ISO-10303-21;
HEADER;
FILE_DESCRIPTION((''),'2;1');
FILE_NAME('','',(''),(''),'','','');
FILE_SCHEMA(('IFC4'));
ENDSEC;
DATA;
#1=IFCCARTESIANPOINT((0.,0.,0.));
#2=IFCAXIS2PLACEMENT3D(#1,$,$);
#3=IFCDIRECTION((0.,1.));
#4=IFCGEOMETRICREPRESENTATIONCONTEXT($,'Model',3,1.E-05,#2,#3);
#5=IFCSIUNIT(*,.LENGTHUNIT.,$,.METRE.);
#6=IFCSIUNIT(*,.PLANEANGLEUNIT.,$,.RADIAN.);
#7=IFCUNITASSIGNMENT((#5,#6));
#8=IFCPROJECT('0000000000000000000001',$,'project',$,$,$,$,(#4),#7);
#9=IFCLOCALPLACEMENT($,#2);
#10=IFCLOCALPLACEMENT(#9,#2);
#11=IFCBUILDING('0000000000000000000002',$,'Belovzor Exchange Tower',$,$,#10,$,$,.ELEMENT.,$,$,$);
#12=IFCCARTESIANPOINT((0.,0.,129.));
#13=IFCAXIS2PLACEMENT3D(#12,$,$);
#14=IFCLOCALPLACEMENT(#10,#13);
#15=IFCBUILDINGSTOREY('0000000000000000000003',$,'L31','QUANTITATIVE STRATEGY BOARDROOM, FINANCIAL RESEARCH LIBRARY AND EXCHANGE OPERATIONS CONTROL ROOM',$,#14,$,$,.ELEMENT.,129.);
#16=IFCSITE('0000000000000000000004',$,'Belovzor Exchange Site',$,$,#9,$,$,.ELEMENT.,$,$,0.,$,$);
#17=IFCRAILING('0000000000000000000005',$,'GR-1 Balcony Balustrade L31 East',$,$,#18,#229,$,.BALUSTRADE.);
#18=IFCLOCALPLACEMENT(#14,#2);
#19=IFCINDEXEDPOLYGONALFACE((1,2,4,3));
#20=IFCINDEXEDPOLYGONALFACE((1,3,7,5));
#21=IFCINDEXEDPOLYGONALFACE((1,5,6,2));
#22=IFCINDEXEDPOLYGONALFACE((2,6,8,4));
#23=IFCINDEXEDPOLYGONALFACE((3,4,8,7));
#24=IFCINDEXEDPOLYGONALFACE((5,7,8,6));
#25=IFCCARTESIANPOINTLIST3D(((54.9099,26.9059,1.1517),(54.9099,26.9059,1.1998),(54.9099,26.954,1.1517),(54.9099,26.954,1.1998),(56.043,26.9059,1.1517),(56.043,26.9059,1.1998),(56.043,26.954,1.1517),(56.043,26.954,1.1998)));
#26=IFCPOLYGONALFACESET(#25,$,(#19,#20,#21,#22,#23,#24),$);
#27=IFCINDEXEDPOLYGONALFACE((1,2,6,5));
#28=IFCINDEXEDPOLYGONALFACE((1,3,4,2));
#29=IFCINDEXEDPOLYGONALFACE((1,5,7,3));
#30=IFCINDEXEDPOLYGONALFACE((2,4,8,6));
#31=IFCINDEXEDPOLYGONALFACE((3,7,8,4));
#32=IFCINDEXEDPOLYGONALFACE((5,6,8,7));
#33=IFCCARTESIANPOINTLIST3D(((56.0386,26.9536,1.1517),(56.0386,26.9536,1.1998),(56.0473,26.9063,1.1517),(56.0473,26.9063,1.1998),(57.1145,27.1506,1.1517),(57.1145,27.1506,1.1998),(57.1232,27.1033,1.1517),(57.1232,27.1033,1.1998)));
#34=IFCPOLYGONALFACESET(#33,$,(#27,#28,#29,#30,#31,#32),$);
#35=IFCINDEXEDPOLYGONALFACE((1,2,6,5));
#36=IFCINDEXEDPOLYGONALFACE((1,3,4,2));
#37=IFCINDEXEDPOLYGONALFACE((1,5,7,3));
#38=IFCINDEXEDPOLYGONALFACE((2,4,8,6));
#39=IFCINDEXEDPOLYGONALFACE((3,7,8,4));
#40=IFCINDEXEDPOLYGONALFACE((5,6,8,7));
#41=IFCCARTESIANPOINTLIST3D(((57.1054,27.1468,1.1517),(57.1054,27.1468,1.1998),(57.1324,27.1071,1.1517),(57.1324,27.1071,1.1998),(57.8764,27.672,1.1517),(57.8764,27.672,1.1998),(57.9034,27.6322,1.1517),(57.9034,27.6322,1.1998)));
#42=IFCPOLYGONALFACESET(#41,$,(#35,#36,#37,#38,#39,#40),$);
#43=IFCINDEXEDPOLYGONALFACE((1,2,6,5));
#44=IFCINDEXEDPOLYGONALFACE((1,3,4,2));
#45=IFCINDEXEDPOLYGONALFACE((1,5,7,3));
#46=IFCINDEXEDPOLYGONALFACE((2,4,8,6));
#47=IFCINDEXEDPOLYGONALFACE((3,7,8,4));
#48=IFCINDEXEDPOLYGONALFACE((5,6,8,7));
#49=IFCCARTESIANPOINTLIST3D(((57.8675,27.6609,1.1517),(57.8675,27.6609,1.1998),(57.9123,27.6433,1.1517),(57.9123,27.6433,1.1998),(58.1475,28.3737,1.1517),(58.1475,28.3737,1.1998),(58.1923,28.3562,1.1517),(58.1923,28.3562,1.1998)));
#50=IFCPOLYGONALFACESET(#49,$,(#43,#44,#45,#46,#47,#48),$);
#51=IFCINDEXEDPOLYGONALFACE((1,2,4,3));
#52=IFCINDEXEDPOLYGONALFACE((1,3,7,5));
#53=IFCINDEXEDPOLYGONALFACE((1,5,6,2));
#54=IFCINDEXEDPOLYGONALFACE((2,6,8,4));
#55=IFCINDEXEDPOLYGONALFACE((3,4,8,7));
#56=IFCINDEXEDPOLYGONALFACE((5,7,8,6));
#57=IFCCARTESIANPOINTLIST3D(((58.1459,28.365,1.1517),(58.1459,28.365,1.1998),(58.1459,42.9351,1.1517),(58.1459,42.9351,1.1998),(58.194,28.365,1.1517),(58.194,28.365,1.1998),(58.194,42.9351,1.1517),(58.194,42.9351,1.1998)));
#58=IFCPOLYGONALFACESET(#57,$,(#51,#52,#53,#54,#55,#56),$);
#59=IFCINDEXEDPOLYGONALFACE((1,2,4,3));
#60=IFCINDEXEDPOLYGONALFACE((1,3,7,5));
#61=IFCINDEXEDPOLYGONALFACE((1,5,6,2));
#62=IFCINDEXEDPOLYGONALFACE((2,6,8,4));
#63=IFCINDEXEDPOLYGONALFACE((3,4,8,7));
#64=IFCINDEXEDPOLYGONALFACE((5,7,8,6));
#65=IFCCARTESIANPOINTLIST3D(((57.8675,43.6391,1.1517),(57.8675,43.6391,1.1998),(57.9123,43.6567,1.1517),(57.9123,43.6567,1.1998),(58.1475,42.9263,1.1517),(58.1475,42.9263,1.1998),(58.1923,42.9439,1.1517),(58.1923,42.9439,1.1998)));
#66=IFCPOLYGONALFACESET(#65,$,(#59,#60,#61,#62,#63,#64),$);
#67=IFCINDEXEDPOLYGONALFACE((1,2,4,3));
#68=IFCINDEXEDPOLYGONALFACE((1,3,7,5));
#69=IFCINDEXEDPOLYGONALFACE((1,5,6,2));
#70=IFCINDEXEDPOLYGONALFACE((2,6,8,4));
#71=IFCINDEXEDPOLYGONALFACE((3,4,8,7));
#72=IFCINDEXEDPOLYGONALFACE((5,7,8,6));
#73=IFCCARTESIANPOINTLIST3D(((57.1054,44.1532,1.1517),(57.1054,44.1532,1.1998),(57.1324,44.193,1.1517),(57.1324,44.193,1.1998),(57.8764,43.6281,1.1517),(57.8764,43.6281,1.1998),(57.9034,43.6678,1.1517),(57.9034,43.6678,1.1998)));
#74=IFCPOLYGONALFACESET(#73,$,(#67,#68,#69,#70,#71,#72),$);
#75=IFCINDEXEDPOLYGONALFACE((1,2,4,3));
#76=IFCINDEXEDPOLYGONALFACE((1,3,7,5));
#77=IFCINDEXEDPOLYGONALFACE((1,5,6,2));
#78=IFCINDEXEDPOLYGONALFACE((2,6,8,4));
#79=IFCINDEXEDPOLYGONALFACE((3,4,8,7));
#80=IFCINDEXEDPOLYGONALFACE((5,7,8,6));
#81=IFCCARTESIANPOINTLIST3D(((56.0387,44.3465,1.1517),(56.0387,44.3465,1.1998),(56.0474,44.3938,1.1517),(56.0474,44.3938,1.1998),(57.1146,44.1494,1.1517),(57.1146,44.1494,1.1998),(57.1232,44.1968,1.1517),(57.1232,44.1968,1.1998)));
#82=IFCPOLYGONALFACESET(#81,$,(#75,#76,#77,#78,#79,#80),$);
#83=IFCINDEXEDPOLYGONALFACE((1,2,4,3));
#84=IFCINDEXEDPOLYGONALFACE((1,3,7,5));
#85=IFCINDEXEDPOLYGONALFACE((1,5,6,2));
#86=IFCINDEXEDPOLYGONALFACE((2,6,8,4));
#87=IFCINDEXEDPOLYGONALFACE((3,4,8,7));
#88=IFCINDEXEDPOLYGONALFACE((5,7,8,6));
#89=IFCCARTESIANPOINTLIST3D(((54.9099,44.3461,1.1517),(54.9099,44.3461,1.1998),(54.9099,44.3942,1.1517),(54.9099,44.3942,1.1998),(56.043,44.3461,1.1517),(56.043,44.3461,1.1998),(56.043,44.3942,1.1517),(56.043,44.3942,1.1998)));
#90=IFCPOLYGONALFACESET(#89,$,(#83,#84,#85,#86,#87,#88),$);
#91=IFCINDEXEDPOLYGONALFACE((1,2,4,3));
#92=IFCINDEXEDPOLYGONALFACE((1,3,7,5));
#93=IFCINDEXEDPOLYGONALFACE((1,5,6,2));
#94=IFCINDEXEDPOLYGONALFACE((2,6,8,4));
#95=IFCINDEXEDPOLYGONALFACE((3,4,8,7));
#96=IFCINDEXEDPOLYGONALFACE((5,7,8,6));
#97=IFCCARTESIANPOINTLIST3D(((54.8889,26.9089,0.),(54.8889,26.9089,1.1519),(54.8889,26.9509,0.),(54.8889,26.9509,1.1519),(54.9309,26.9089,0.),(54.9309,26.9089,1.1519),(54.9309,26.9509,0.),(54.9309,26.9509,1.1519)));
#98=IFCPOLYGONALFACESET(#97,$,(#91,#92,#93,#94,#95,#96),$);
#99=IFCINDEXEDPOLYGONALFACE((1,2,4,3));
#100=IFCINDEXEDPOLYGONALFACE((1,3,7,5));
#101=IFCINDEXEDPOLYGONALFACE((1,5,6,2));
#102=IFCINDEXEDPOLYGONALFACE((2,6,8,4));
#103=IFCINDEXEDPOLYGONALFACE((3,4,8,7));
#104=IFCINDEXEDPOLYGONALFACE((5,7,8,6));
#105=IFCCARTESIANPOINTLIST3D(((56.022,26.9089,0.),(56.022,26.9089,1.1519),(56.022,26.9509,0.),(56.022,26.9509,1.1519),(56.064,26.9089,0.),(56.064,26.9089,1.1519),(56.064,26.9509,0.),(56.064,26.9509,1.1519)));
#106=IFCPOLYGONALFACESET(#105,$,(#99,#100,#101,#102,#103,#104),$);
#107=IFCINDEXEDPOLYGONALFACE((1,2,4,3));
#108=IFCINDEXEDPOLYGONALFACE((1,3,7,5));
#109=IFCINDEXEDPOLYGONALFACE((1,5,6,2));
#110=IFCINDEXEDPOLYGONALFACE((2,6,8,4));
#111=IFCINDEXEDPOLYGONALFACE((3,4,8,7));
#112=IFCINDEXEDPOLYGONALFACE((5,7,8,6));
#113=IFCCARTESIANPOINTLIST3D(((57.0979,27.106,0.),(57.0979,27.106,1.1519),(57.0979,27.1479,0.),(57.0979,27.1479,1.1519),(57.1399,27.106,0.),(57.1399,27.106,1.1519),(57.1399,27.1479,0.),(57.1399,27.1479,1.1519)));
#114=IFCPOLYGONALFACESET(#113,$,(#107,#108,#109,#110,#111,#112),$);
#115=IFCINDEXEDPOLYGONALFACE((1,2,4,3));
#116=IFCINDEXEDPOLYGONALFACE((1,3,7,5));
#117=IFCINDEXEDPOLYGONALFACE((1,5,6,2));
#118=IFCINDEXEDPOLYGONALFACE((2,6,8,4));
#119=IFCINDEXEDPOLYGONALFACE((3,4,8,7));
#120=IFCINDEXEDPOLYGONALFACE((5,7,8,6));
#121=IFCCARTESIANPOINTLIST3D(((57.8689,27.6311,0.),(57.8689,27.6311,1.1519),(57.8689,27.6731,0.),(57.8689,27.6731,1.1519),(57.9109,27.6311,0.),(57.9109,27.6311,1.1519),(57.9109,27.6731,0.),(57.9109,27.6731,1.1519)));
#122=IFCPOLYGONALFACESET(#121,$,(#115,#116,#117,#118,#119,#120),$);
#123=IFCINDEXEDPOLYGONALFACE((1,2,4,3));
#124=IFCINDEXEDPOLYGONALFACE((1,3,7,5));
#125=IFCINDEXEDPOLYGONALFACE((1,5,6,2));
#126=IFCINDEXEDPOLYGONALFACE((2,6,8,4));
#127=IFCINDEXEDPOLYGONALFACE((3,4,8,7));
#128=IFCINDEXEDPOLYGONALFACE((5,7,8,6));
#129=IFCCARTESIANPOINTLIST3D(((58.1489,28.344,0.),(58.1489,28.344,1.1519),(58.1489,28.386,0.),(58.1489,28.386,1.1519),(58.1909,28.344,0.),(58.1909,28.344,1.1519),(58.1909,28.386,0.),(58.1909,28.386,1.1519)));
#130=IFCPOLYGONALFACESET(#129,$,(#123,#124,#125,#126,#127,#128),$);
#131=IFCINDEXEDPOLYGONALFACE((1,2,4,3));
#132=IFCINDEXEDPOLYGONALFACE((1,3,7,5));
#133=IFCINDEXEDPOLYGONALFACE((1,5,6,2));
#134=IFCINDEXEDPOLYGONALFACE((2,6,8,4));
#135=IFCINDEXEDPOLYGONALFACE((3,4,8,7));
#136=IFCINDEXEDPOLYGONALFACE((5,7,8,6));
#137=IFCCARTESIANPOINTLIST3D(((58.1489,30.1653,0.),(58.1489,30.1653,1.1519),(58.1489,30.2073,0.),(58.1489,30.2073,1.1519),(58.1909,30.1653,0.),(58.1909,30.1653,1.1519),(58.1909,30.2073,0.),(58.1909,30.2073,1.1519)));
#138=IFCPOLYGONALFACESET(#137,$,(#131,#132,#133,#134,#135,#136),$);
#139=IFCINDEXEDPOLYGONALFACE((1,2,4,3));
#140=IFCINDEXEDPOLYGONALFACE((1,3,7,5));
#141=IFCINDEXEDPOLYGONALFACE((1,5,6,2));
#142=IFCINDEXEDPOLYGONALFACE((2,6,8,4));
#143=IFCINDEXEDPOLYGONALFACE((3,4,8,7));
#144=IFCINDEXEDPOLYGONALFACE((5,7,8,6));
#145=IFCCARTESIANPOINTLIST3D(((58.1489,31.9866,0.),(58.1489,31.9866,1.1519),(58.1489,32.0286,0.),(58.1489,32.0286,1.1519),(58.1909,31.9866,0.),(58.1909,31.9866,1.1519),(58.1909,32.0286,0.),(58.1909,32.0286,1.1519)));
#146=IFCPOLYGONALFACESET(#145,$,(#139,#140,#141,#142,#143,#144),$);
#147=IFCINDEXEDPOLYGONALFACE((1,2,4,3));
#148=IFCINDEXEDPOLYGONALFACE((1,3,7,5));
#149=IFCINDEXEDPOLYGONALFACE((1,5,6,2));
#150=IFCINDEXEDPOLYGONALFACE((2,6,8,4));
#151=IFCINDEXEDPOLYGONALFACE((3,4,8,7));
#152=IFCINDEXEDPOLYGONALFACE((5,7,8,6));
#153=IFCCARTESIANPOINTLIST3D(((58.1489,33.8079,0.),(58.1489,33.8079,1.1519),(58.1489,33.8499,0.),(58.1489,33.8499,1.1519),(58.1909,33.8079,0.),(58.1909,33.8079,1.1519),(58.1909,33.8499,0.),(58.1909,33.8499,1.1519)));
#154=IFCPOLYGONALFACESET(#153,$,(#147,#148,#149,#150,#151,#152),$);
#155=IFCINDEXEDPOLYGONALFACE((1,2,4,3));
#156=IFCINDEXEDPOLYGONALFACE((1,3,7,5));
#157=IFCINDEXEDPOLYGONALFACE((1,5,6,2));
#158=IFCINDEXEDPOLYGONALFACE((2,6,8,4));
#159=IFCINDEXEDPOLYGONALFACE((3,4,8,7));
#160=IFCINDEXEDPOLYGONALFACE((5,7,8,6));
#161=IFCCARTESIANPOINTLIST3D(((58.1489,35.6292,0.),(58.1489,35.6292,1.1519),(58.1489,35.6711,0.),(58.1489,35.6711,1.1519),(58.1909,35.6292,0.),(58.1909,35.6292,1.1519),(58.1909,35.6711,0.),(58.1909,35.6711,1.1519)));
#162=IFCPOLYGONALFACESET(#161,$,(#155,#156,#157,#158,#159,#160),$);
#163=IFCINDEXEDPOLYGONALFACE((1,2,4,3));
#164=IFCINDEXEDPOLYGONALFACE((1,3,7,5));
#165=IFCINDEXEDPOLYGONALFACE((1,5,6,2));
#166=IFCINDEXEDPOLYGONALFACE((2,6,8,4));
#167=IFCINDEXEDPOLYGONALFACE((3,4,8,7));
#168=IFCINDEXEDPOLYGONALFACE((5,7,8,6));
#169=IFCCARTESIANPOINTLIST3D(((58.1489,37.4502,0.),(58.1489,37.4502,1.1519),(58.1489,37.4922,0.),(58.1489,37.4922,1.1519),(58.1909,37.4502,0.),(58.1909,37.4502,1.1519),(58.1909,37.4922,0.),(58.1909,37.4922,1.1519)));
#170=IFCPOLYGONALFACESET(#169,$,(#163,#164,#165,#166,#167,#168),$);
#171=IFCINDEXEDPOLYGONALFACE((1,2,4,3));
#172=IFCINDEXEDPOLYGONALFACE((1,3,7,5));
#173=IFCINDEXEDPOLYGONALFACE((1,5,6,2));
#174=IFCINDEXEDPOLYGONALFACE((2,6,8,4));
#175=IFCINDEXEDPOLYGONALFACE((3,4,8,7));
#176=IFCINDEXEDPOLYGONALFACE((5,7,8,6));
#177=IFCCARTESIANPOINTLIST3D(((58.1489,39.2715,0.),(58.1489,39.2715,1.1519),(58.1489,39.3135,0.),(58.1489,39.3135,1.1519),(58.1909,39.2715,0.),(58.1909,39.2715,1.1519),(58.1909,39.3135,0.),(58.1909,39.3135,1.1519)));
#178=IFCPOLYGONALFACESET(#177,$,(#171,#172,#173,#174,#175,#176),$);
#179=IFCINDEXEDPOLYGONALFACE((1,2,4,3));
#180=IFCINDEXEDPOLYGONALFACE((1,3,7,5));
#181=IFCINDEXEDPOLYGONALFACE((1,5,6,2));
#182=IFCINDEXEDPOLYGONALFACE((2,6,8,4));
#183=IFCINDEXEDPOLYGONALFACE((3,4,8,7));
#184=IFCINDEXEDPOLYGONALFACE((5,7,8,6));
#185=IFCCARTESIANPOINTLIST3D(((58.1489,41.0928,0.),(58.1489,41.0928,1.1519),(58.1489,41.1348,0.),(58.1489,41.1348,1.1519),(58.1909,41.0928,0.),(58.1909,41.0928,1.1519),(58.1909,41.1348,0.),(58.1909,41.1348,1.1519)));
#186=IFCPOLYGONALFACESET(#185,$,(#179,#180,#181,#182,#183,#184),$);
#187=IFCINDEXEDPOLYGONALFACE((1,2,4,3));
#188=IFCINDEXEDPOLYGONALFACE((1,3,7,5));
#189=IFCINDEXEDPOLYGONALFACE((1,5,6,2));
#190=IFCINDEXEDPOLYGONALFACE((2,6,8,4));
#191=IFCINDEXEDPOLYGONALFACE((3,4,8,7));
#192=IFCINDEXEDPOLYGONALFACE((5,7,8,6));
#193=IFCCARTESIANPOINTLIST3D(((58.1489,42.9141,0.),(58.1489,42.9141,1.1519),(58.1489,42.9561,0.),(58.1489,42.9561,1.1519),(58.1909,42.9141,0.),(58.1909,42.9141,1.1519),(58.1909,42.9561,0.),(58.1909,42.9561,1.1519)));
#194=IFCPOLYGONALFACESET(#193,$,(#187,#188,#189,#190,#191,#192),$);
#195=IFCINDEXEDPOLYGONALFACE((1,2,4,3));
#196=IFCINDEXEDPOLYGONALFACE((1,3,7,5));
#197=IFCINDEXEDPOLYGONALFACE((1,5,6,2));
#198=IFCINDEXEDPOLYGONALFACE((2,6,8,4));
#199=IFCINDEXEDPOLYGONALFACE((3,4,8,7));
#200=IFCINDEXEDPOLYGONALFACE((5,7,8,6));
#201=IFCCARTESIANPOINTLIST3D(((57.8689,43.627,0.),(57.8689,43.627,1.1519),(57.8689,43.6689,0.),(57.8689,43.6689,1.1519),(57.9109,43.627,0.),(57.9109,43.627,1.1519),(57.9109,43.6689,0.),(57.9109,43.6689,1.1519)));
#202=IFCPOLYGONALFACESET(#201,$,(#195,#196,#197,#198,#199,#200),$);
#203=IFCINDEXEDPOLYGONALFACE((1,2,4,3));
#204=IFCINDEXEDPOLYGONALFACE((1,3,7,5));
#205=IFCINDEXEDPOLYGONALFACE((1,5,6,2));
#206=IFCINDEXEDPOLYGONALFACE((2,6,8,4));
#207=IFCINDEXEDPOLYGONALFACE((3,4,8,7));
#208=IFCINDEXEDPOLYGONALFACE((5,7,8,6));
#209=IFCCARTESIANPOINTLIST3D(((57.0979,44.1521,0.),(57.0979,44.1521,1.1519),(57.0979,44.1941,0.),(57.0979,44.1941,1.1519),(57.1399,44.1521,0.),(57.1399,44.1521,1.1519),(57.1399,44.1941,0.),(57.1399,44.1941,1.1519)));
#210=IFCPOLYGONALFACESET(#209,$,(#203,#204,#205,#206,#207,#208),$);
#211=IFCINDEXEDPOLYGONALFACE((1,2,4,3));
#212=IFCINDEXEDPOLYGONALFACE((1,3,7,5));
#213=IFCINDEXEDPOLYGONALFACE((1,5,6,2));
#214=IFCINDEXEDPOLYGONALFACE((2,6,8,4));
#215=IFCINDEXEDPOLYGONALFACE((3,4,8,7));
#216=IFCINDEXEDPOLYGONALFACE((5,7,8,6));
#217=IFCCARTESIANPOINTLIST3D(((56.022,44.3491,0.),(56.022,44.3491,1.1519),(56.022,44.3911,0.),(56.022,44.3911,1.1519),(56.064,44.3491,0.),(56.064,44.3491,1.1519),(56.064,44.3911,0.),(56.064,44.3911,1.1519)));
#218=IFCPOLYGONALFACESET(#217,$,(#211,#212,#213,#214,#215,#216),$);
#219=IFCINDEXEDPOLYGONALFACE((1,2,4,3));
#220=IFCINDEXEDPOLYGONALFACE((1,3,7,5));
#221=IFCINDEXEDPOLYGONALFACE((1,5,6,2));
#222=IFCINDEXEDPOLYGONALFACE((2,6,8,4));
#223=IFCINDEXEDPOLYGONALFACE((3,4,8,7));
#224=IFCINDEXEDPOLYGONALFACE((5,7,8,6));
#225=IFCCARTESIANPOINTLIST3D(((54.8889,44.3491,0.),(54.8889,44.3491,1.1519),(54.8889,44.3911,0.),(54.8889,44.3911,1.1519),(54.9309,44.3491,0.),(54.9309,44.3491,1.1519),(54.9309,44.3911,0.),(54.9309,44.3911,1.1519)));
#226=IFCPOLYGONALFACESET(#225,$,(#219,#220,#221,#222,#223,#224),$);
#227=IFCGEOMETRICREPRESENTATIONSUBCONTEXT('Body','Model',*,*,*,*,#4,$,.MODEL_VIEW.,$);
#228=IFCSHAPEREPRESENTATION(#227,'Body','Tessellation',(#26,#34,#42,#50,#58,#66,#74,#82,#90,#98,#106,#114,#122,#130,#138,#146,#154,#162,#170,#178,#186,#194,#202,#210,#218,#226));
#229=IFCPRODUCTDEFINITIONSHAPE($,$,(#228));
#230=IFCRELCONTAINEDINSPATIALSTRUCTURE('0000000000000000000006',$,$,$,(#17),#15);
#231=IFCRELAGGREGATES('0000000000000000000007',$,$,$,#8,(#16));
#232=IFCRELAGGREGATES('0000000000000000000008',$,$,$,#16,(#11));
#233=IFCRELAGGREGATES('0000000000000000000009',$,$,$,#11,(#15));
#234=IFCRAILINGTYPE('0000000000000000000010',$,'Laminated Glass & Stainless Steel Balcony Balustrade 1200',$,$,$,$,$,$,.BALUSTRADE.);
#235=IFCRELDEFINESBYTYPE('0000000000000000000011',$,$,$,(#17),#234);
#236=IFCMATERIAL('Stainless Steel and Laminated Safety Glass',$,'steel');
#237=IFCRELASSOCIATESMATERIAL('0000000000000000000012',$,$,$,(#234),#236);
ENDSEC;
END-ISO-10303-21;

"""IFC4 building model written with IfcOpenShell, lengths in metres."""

from ifc_helpers import new_model, si_unit, direction, frame, origin, origin_2d, place, context, subcontext, project, spatial, rectangle, extrude, material, type_object, element, save


model = new_model("IFC4")

# Units and contexts
model_context = context("Model", 3, precision=1e-05, world=origin(), true_north=direction((0.0, 1.0)))
body_context = subcontext(model_context, "Body", "Model", "MODEL_VIEW")
ifc_project = project(units=[si_unit("LENGTHUNIT", "METRE"), si_unit("PLANEANGLEUNIT", "RADIAN")], contexts=[model_context])

# Site, building, storey
site_placement = place(None, origin())
site = spatial("IfcSite", under=ifc_project, at=site_placement, Name="Belovzor Exchange Site", CompositionType="ELEMENT", RefElevation=0.0)
building_placement = place(site_placement, origin())
building = spatial("IfcBuilding", under=site, at=building_placement, Name="Belovzor Exchange Tower", CompositionType="ELEMENT")
storey_placement = place(building_placement, frame((0.0, 0.0, 129.0)))
storey = spatial("IfcBuildingStorey", under=building, at=storey_placement, Name="L31", Description="QUANTITATIVE STRATEGY BOARDROOM, FINANCIAL RESEARCH LIBRARY AND EXCHANGE OPERATIONS CONTROL ROOM", CompositionType="ELEMENT", Elevation=129.0)

# Railing
ifc_material_1 = material(Name="Stainless Steel and Laminated Safety Glass", Category="steel")
railing_type = type_object("IfcRailingType", Name="Laminated Glass & Stainless Steel Balcony Balustrade 1200", PredefinedType="BALUSTRADE", material=ifc_material_1)
railing_placement = place(storey_placement, frame((54.9099, 26.9299, 0.0)))
element("IfcRailing", 1, at=railing_placement, inside=storey, type_object=railing_type, Name="GR-1 Balcony Balustrade L31 East", PredefinedType="BALUSTRADE", context=body_context, shape_type="SweptSolid", body=[
    extrude(rectangle(XDim=0.0481, YDim=0.0481, at=origin_2d()), frame((0.0, 0.0, 1.1758), z_axis=(1.0, 0.0, 0.0), x_axis=(0.0, 1.0, 0.0)), (0.0, 0.0, 1.0), 1.1331),
    extrude(rectangle(XDim=0.0481, YDim=0.0481, at=origin_2d()), frame((1.1331, 0.0, 1.1758), z_axis=(0.983644, 0.180123, 0.0), x_axis=(-0.180123, 0.983644, 0.0)), (0.0, 0.0, 1.0), 1.0938),
    extrude(rectangle(XDim=0.0481, YDim=0.0481, at=origin_2d()), frame((2.209, 0.197, 1.1758), z_axis=(0.826493, 0.562947, 0.0), x_axis=(-0.562947, 0.826493, 0.0)), (0.0, 0.0, 1.0), 0.9329),
    extrude(rectangle(XDim=0.0481, YDim=0.0481, at=origin_2d()), frame((2.98, 0.7222, 1.1758), z_axis=(0.365613, 0.930767, 0.0), x_axis=(-0.930767, 0.365613, 0.0)), (0.0, 0.0, 1.0), 0.7659),
    extrude(rectangle(XDim=0.0481, YDim=0.0481, at=origin_2d()), frame((3.26, 1.4351, 1.1758), z_axis=(0.0, 1.0, 0.0), x_axis=(-1.0, 0.0, 0.0)), (0.0, 0.0, 1.0), 14.5701),
    extrude(rectangle(XDim=0.0481, YDim=0.0481, at=origin_2d()), frame((3.26, 16.0051, 1.1758), z_axis=(-0.365613, 0.930767, 0.0), x_axis=(-0.930767, -0.365613, 0.0)), (0.0, 0.0, 1.0), 0.7659),
    extrude(rectangle(XDim=0.0481, YDim=0.0481, at=origin_2d()), frame((2.98, 16.718, 1.1758), z_axis=(-0.826493, 0.562947, 0.0), x_axis=(-0.562947, -0.826493, 0.0)), (0.0, 0.0, 1.0), 0.9329),
    extrude(rectangle(XDim=0.0481, YDim=0.0481, at=origin_2d()), frame((2.209, 17.2432, 1.1758), z_axis=(-0.983644, 0.180123, 0.0), x_axis=(-0.180123, -0.983644, 0.0)), (0.0, 0.0, 1.0), 1.0938),
    extrude(rectangle(XDim=0.0481, YDim=0.0481, at=origin_2d()), frame((1.1331, 17.4402, 1.1758), z_axis=(-1.0, 0.0, 0.0), x_axis=(0.0, -1.0, 0.0)), (0.0, 0.0, 1.0), 1.1331),
    extrude(rectangle(XDim=0.042, YDim=0.042, at=origin_2d()), origin(), (0.0, 0.0, 1.0), 1.1519),
    extrude(rectangle(XDim=0.042, YDim=0.042, at=origin_2d()), frame((1.1331, 0.0, 0.0)), (0.0, 0.0, 1.0), 1.1519),
    extrude(rectangle(XDim=0.042, YDim=0.042, at=origin_2d()), frame((2.209, 0.197, 0.0)), (0.0, 0.0, 1.0), 1.1519),
    extrude(rectangle(XDim=0.042, YDim=0.042, at=origin_2d()), frame((2.98, 0.7222, 0.0)), (0.0, 0.0, 1.0), 1.1519),
    extrude(rectangle(XDim=0.042, YDim=0.042, at=origin_2d()), frame((3.26, 1.4351, 0.0)), (0.0, 0.0, 1.0), 1.1519),
    extrude(rectangle(XDim=0.042, YDim=0.042, at=origin_2d()), frame((3.26, 3.2563, 0.0)), (0.0, 0.0, 1.0), 1.1519),
    extrude(rectangle(XDim=0.042, YDim=0.042, at=origin_2d()), frame((3.26, 5.0776, 0.0)), (0.0, 0.0, 1.0), 1.1519),
    extrude(rectangle(XDim=0.042, YDim=0.042, at=origin_2d()), frame((3.26, 6.8989, 0.0)), (0.0, 0.0, 1.0), 1.1519),
    extrude(rectangle(XDim=0.042, YDim=0.042, at=origin_2d()), frame((3.26, 8.7202, 0.0)), (0.0, 0.0, 1.0), 1.1519),
    extrude(rectangle(XDim=0.042, YDim=0.042, at=origin_2d()), frame((3.26, 10.5413, 0.0)), (0.0, 0.0, 1.0), 1.1519),
    extrude(rectangle(XDim=0.042, YDim=0.042, at=origin_2d()), frame((3.26, 12.3625, 0.0)), (0.0, 0.0, 1.0), 1.1519),
    extrude(rectangle(XDim=0.042, YDim=0.042, at=origin_2d()), frame((3.26, 14.1838, 0.0)), (0.0, 0.0, 1.0), 1.1519),
    extrude(rectangle(XDim=0.042, YDim=0.042, at=origin_2d()), frame((3.26, 16.0051, 0.0)), (0.0, 0.0, 1.0), 1.1519),
    extrude(rectangle(XDim=0.042, YDim=0.042, at=origin_2d()), frame((2.98, 16.718, 0.0)), (0.0, 0.0, 1.0), 1.1519),
    extrude(rectangle(XDim=0.042, YDim=0.042, at=origin_2d()), frame((2.209, 17.2432, 0.0)), (0.0, 0.0, 1.0), 1.1519),
    extrude(rectangle(XDim=0.042, YDim=0.042, at=origin_2d()), frame((1.1331, 17.4402, 0.0)), (0.0, 0.0, 1.0), 1.1519),
    extrude(rectangle(XDim=0.042, YDim=0.042, at=origin_2d()), frame((0.0, 17.4402, 0.0)), (0.0, 0.0, 1.0), 1.1519),
])

save(model, "model.ifc")
